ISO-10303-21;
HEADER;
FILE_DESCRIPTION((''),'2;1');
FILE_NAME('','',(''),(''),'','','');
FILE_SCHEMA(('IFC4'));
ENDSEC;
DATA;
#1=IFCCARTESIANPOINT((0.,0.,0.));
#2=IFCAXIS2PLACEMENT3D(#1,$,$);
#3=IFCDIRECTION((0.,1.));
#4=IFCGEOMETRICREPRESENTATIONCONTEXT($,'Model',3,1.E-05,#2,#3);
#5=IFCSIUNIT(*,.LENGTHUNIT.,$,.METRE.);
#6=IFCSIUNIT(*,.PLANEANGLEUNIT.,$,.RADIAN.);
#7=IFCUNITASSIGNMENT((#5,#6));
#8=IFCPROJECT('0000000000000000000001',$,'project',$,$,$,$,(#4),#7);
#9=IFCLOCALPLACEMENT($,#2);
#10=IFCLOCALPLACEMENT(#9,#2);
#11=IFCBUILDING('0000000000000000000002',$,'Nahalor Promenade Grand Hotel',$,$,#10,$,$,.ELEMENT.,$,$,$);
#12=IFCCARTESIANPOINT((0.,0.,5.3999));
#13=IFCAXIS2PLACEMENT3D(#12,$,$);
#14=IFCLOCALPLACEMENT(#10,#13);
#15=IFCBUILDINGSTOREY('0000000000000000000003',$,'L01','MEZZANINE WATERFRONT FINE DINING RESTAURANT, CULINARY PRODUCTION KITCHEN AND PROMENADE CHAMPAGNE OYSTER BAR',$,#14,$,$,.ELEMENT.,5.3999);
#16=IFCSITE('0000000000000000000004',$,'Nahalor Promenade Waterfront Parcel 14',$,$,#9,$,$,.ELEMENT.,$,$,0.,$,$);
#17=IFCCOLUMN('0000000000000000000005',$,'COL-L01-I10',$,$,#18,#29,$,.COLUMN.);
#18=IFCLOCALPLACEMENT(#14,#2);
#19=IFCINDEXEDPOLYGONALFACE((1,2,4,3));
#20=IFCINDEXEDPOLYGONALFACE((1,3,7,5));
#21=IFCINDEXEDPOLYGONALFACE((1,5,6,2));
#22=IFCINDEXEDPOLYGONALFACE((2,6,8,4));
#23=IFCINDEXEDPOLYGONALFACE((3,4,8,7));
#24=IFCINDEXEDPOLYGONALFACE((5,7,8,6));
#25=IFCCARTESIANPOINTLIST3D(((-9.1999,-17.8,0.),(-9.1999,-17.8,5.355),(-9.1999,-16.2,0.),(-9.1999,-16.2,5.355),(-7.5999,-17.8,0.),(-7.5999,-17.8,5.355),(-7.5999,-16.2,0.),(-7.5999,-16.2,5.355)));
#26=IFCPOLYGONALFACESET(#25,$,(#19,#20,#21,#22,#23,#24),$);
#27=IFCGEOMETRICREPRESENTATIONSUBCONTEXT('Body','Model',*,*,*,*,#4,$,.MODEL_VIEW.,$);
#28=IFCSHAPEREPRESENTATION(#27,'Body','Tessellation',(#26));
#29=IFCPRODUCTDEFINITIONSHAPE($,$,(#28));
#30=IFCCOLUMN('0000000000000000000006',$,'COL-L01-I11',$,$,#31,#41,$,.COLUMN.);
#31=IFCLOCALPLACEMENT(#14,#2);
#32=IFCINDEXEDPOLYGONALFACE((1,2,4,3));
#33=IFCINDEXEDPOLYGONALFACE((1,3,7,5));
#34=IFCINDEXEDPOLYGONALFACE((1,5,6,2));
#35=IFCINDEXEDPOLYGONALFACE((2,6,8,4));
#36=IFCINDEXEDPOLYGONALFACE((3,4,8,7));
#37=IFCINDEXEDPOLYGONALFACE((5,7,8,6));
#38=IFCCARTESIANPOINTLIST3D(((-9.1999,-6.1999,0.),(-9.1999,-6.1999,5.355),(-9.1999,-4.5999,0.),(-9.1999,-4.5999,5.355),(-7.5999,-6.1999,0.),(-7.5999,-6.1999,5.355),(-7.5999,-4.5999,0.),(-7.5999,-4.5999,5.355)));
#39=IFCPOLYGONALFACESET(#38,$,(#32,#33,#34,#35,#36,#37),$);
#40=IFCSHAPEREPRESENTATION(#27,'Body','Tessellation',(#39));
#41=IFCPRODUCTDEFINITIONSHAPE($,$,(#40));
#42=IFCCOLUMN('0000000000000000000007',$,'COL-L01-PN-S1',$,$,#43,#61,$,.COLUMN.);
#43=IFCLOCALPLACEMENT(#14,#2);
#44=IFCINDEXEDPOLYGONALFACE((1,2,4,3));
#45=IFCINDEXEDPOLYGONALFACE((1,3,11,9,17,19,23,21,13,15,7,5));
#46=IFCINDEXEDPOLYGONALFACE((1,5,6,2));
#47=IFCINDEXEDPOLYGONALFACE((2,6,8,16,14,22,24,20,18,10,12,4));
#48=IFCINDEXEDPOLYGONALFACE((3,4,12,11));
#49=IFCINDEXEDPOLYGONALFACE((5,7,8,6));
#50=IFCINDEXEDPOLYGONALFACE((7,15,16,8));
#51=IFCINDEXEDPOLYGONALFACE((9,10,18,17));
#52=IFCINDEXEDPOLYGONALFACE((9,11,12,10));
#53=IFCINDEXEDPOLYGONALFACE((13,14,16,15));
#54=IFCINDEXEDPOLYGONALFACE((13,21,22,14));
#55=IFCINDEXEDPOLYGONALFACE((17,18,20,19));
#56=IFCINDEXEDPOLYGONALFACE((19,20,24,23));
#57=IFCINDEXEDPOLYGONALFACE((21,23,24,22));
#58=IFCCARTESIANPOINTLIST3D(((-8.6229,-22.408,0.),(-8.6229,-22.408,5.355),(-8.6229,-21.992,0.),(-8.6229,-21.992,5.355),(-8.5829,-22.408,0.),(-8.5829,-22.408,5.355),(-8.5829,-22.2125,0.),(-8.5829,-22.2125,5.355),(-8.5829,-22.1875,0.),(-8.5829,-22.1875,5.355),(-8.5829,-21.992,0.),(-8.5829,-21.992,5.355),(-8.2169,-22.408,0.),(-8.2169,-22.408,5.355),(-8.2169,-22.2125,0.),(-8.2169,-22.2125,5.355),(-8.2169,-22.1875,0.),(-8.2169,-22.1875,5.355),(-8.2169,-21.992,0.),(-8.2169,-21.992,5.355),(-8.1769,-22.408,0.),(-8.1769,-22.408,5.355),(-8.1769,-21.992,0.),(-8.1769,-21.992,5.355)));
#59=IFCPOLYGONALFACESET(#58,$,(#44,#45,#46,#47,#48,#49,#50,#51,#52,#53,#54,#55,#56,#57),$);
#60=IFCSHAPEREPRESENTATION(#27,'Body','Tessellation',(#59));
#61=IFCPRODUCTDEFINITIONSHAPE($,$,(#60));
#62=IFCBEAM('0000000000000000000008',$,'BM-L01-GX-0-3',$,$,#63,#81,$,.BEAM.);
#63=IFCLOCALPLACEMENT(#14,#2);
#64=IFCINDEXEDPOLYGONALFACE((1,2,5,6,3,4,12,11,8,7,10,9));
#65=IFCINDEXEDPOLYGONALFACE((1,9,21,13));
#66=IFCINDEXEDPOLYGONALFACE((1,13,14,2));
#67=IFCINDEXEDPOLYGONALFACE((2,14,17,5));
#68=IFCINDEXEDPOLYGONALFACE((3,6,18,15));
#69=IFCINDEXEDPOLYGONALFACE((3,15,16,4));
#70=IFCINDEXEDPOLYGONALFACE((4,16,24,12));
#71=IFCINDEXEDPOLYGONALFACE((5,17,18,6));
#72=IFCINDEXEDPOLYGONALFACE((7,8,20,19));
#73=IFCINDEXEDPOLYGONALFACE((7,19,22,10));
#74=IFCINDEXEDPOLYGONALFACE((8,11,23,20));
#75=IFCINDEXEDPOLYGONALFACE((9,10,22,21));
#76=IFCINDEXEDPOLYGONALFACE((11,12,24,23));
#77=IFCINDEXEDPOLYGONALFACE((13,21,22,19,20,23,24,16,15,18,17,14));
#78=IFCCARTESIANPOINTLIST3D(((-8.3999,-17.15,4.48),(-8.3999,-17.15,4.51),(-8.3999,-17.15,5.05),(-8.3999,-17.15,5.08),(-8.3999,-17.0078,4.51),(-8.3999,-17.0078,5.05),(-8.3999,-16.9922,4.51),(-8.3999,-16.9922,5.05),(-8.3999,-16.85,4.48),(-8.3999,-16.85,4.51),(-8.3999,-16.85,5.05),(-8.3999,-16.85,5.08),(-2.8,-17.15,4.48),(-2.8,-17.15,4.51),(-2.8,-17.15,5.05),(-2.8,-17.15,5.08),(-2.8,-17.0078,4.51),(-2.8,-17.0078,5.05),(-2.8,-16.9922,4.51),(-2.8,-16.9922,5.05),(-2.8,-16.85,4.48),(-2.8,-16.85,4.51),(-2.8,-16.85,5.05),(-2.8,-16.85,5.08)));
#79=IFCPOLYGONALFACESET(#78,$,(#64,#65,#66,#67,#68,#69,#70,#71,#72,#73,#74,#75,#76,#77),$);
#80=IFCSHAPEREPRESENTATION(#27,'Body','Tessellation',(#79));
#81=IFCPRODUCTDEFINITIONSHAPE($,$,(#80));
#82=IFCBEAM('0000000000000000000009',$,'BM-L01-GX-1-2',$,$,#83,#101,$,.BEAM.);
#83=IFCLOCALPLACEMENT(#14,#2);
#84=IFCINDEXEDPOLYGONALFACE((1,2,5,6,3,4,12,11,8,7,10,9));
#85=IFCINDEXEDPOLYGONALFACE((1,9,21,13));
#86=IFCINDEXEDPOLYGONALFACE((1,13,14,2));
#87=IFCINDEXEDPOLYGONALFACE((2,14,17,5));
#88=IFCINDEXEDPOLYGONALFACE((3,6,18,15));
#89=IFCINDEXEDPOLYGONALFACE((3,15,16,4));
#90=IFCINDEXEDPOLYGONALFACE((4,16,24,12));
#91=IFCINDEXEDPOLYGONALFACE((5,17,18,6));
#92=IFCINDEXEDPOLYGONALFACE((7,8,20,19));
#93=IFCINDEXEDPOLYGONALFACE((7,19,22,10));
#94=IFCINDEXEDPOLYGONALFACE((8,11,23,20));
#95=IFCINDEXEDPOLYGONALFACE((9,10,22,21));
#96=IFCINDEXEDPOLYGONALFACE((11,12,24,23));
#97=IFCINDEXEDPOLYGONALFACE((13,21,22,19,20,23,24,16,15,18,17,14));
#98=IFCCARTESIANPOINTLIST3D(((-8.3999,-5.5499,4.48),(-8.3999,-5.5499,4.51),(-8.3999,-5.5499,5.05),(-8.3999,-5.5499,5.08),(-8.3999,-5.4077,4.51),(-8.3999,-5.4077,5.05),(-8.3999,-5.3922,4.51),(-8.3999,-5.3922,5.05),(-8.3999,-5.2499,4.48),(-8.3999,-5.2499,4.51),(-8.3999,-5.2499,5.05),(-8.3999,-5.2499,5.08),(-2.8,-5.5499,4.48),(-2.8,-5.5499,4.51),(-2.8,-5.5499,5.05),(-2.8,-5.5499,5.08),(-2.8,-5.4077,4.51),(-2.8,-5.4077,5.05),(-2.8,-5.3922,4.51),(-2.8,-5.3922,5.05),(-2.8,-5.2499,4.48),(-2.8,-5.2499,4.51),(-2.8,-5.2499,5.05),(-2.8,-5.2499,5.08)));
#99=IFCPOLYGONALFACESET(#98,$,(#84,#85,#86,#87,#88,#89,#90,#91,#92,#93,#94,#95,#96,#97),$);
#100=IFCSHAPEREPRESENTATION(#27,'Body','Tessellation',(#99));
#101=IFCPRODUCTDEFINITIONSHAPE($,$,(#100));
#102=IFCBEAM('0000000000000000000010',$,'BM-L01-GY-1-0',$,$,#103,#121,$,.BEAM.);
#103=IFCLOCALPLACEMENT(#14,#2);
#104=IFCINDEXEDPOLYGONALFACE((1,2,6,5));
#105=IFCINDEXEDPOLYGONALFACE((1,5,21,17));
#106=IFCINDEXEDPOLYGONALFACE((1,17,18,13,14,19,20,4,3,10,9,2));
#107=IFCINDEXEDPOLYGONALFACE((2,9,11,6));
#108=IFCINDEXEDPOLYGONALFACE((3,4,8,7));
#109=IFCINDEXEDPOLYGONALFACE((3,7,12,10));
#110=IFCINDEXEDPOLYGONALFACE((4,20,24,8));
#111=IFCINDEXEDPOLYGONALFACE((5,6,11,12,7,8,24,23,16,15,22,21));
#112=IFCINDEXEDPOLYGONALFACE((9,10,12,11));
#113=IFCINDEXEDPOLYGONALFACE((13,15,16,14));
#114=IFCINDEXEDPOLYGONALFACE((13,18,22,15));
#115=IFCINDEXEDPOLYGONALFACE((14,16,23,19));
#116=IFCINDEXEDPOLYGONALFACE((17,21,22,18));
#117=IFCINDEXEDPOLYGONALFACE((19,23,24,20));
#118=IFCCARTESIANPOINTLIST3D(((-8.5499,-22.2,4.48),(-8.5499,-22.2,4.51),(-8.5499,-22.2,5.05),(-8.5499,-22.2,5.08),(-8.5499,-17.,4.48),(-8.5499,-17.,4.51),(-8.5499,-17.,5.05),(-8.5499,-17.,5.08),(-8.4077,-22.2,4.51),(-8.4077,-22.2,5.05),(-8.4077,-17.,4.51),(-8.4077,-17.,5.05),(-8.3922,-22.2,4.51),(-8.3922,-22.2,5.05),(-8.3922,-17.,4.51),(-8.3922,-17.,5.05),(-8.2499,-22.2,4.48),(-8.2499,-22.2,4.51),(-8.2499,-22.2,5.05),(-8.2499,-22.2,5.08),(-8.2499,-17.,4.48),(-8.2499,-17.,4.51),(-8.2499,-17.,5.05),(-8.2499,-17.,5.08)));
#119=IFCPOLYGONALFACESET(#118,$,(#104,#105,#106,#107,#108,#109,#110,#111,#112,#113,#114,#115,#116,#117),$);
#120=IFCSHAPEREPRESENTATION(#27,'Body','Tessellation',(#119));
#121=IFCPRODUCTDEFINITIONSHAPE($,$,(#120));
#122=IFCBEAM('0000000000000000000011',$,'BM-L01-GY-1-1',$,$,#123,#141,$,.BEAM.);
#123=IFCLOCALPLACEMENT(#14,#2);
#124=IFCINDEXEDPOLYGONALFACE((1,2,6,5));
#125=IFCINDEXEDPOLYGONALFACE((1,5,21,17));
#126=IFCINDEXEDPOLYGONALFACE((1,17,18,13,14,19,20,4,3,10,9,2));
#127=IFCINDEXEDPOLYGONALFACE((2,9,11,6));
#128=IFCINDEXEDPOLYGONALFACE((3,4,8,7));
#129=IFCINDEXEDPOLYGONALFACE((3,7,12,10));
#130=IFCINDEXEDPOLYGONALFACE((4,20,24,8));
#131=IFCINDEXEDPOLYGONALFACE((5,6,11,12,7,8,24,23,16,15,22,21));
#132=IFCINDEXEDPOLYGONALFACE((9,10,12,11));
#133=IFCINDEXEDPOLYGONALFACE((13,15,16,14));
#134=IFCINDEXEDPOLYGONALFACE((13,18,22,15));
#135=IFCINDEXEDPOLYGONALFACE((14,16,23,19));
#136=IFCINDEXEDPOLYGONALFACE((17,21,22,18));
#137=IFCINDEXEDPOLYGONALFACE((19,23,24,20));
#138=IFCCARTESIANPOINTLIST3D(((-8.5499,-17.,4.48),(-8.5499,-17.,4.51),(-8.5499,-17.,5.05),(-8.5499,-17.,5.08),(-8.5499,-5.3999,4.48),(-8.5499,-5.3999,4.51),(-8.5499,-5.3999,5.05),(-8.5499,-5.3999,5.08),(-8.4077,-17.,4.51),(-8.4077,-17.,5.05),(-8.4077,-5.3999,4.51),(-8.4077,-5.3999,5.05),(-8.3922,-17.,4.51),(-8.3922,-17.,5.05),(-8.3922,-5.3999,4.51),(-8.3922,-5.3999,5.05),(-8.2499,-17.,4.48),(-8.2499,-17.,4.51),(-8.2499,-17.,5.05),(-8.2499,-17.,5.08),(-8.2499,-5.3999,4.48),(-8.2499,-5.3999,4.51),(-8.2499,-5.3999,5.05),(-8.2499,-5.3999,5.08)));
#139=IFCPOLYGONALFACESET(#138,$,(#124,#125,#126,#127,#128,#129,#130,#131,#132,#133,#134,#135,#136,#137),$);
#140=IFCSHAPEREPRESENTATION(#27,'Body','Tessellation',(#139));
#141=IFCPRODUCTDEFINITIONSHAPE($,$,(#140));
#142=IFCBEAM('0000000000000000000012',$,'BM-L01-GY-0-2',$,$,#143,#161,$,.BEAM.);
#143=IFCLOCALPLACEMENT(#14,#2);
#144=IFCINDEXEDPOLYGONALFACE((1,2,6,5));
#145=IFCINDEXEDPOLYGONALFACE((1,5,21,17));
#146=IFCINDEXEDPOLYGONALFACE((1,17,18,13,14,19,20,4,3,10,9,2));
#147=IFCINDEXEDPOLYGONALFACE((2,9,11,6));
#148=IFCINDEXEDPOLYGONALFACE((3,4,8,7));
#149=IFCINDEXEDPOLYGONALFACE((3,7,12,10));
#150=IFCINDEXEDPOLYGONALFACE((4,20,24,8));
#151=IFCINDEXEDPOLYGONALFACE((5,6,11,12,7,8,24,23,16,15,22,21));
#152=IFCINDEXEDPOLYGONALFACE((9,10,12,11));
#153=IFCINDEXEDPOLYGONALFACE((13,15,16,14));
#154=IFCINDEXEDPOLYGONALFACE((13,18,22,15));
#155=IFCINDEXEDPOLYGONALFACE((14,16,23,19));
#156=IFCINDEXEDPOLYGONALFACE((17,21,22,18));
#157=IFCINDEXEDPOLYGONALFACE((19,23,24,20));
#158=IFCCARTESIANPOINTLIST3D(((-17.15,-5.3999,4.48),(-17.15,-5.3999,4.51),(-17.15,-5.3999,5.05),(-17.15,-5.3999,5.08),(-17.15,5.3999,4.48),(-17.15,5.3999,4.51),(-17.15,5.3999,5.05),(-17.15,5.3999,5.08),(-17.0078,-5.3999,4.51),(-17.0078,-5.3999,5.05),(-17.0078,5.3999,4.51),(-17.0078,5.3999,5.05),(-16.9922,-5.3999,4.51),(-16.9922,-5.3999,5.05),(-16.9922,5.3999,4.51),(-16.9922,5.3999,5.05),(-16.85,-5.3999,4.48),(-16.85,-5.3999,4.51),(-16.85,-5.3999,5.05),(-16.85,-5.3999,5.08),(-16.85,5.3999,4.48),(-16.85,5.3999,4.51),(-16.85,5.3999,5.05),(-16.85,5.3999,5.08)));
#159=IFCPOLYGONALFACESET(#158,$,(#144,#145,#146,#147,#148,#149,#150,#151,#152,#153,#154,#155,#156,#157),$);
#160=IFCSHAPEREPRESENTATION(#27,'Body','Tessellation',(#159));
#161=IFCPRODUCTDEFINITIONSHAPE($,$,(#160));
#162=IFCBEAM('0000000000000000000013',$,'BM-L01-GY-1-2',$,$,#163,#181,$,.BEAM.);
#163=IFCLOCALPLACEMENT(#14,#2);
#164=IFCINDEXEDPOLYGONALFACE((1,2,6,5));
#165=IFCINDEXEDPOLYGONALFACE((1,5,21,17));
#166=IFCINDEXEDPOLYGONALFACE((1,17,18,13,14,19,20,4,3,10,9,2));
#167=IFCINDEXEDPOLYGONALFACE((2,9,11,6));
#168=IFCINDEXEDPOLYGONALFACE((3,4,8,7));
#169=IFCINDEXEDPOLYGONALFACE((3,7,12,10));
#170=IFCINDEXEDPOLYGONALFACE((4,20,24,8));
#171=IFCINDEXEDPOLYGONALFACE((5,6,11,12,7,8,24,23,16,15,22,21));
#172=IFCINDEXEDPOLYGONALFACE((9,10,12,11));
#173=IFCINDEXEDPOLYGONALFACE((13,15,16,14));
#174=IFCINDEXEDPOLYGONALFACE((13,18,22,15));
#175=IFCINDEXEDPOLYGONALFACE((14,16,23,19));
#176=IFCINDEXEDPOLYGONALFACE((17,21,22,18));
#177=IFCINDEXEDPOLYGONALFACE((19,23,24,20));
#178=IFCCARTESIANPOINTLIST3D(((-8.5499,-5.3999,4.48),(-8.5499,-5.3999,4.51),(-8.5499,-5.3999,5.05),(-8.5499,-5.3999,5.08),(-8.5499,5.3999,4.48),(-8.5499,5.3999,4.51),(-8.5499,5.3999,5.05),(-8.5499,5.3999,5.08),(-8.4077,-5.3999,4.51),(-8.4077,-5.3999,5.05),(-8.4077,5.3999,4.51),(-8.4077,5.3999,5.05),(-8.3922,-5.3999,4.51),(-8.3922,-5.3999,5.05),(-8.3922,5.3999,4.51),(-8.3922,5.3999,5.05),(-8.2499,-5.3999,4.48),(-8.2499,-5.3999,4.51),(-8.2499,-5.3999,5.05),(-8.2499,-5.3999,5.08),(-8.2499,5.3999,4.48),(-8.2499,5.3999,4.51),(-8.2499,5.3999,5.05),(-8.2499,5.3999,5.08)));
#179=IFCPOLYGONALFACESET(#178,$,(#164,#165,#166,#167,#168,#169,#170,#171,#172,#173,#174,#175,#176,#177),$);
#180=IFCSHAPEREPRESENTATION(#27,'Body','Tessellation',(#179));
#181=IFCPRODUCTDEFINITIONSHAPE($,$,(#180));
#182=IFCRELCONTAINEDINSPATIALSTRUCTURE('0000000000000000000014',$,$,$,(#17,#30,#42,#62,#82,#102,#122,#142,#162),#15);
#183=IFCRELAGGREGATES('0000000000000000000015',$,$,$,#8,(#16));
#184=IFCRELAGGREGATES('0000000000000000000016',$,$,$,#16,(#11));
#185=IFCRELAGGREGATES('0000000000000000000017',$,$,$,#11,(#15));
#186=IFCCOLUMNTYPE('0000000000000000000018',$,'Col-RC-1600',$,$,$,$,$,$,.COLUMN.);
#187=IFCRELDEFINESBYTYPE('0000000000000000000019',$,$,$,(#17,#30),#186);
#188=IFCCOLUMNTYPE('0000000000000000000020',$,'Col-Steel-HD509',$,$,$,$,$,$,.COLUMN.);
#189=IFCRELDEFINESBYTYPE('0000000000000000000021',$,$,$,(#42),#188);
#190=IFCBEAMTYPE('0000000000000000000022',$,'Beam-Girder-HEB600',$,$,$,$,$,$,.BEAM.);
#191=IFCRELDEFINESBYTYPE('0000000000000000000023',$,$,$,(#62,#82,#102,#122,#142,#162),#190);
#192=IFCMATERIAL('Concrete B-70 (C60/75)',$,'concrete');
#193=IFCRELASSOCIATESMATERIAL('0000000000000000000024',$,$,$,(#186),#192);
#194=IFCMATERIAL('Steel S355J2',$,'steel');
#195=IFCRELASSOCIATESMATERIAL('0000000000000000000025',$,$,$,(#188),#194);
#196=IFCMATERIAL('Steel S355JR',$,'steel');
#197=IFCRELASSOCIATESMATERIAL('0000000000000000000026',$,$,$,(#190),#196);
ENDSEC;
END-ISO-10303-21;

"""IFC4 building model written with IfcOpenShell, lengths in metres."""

from ifc_helpers import new_model, si_unit, direction, frame, origin, origin_2d, place, context, subcontext, project, spatial, rectangle, i_section, extrude, source, transform, mapped, material, material_profile, profile_set, type_object, element, save


model = new_model("IFC4")

# Units and contexts
model_context = context("Model", 3, precision=1e-05, world=origin(), true_north=direction((0.0, 1.0)))
body_context = subcontext(model_context, "Body", "Model", "MODEL_VIEW")
ifc_project = project(units=[si_unit("LENGTHUNIT", "METRE"), si_unit("PLANEANGLEUNIT", "RADIAN")], contexts=[model_context])

# Site, building, storey
site_placement = place(None, origin())
site = spatial("IfcSite", under=ifc_project, at=site_placement, Name="Nahalor Promenade Waterfront Parcel 14", CompositionType="ELEMENT", RefElevation=0.0)
building_placement = place(site_placement, origin())
building = spatial("IfcBuilding", under=site, at=building_placement, Name="Nahalor Promenade Grand Hotel", CompositionType="ELEMENT")
storey_placement = place(building_placement, frame((0.0, 0.0, 5.3999)))
storey = spatial("IfcBuildingStorey", under=building, at=storey_placement, Name="L01", Description="MEZZANINE WATERFRONT FINE DINING RESTAURANT, CULINARY PRODUCTION KITCHEN AND PROMENADE CHAMPAGNE OYSTER BAR", CompositionType="ELEMENT", Elevation=5.3999)

# Columns
ifc_material_1 = material(Name="Concrete B-70 (C60/75)", Category="concrete")
ifc_material_profile_1 = material_profile(ifc_material_1, rectangle(XDim=1.6, YDim=1.6, at=origin_2d()), Name="RC 1600x1600")
ifc_profile_set_1 = profile_set([ifc_material_profile_1], Name="Concrete B-70 (C60/75)")
column_type_1 = type_object("IfcColumnType", Name="Col-RC-1600", PredefinedType="COLUMN", material=ifc_profile_set_1)
shared_shape_1 = source(origin(), body_context, "Body", "SweptSolid", [
    extrude(rectangle(XDim=1.6, YDim=1.6, at=origin_2d()), origin(), (0.0, 0.0, 1.0), 5.355),
])
for number, where, z_axis, x_axis, name in (
    (1, (-8.3999, -17.0, 0.0), (0.0, 0.0, 1.0), (1.0, 0.0, 0.0), "COL-L01-I10"),
    (2, (-8.3999, -5.3999, 0.0), (0.0, 0.0, 1.0), (1.0, 0.0, 0.0), "COL-L01-I11"),
):
    element("IfcColumn", number, at=place(storey_placement, frame(where, z_axis=z_axis, x_axis=x_axis)), inside=storey, type_object=column_type_1, Name=name, PredefinedType="COLUMN", context=body_context, shape_type="MappedRepresentation", body=[
        mapped(shared_shape_1, transform((0.0, 0.0, 0.0), scale=1.0)),
    ])
ifc_material_2 = material(Name="Steel S355J2", Category="steel")
ifc_material_profile_2 = material_profile(ifc_material_2, i_section(OverallWidth=0.416, OverallDepth=0.446, WebThickness=0.025, FlangeThickness=0.04, at=origin_2d()), Name="HD 400x509")
ifc_profile_set_2 = profile_set([ifc_material_profile_2], Name="Steel S355J2")
column_type_2 = type_object("IfcColumnType", Name="Col-Steel-HD509", PredefinedType="COLUMN", material=ifc_profile_set_2)
shared_shape_2 = source(origin(), body_context, "Body", "SweptSolid", [
    extrude(i_section(OverallWidth=0.416, OverallDepth=0.446, WebThickness=0.025, FlangeThickness=0.04, at=origin_2d()), origin(), (0.0, 0.0, 1.0), 5.355),
])
column_placement = place(storey_placement, frame((-8.3999, -22.2, 0.0), z_axis=(0.0, 0.0, 1.0), x_axis=(0.0, 1.0, 0.0)))
element("IfcColumn", 3, at=column_placement, inside=storey, type_object=column_type_2, Name="COL-L01-PN-S1", PredefinedType="COLUMN", context=body_context, shape_type="MappedRepresentation", body=[
    mapped(shared_shape_2, transform((0.0, 0.0, 0.0), scale=1.0)),
])

# Beams
ifc_material_3 = material(Name="Steel S355JR", Category="steel")
ifc_material_profile_3 = material_profile(ifc_material_3, i_section(OverallWidth=0.3, OverallDepth=0.6, WebThickness=0.0155, FlangeThickness=0.03, at=origin_2d()), Name="HEB 600")
ifc_profile_set_3 = profile_set([ifc_material_profile_3], Name="Steel S355JR")
beam_type_1 = type_object("IfcBeamType", Name="Beam-Girder-HEB600", PredefinedType="BEAM", material=ifc_profile_set_3)
shared_shape_3 = source(origin(), body_context, "Body", "SweptSolid", [
    extrude(i_section(OverallWidth=0.3, OverallDepth=0.6, WebThickness=0.0155, FlangeThickness=0.03, at=origin_2d()), origin(), (0.0, 0.0, 1.0), 5.5999),
])
for number, where, z_axis, x_axis, name in (
    (4, (-8.3999, -17.0, 4.78), (1.0, 0.0, 0.0), (0.0, 1.0, 0.0), "BM-L01-GX-0-3"),
    (5, (-8.3999, -5.3999, 4.78), (1.0, 0.0, 0.0), (0.0, 1.0, 0.0), "BM-L01-GX-1-2"),
):
    element("IfcBeam", number, at=place(storey_placement, frame(where, z_axis=z_axis, x_axis=x_axis)), inside=storey, type_object=beam_type_1, Name=name, PredefinedType="BEAM", context=body_context, shape_type="MappedRepresentation", body=[
        mapped(shared_shape_3, transform((0.0, 0.0, 0.0), scale=1.0)),
    ])
shared_shape_4 = source(origin(), body_context, "Body", "SweptSolid", [
    extrude(i_section(OverallWidth=0.3, OverallDepth=0.6, WebThickness=0.0155, FlangeThickness=0.03, at=origin_2d()), origin(), (0.0, 0.0, 1.0), 5.2),
])
beam_1_placement = place(storey_placement, frame((-8.3999, -22.2, 4.78), z_axis=(0.0, 1.0, 0.0), x_axis=(-1.0, 0.0, 0.0)))
element("IfcBeam", 6, at=beam_1_placement, inside=storey, type_object=beam_type_1, Name="BM-L01-GY-1-0", PredefinedType="BEAM", context=body_context, shape_type="MappedRepresentation", body=[
    mapped(shared_shape_4, transform((0.0, 0.0, 0.0), scale=1.0)),
])
shared_shape_5 = source(origin(), body_context, "Body", "SweptSolid", [
    extrude(i_section(OverallWidth=0.3, OverallDepth=0.6, WebThickness=0.0155, FlangeThickness=0.03, at=origin_2d()), origin(), (0.0, 0.0, 1.0), 11.6001),
])
beam_2_placement = place(storey_placement, frame((-8.3999, -17.0, 4.78), z_axis=(0.0, 1.0, 0.0), x_axis=(-1.0, 0.0, 0.0)))
element("IfcBeam", 7, at=beam_2_placement, inside=storey, type_object=beam_type_1, Name="BM-L01-GY-1-1", PredefinedType="BEAM", context=body_context, shape_type="MappedRepresentation", body=[
    mapped(shared_shape_5, transform((0.0, 0.0, 0.0), scale=1.0)),
])
shared_shape_6 = source(origin(), body_context, "Body", "SweptSolid", [
    extrude(i_section(OverallWidth=0.3, OverallDepth=0.6, WebThickness=0.0155, FlangeThickness=0.03, at=origin_2d()), origin(), (0.0, 0.0, 1.0), 10.7998),
])
for number, where, z_axis, x_axis, name in (
    (8, (-17.0, -5.3999, 4.78), (0.0, 1.0, 0.0), (-1.0, 0.0, 0.0), "BM-L01-GY-0-2"),
    (9, (-8.3999, -5.3999, 4.78), (0.0, 1.0, 0.0), (-1.0, 0.0, 0.0), "BM-L01-GY-1-2"),
):
    element("IfcBeam", number, at=place(storey_placement, frame(where, z_axis=z_axis, x_axis=x_axis)), inside=storey, type_object=beam_type_1, Name=name, PredefinedType="BEAM", context=body_context, shape_type="MappedRepresentation", body=[
        mapped(shared_shape_6, transform((0.0, 0.0, 0.0), scale=1.0)),
    ])

save(model, "model.ifc")
